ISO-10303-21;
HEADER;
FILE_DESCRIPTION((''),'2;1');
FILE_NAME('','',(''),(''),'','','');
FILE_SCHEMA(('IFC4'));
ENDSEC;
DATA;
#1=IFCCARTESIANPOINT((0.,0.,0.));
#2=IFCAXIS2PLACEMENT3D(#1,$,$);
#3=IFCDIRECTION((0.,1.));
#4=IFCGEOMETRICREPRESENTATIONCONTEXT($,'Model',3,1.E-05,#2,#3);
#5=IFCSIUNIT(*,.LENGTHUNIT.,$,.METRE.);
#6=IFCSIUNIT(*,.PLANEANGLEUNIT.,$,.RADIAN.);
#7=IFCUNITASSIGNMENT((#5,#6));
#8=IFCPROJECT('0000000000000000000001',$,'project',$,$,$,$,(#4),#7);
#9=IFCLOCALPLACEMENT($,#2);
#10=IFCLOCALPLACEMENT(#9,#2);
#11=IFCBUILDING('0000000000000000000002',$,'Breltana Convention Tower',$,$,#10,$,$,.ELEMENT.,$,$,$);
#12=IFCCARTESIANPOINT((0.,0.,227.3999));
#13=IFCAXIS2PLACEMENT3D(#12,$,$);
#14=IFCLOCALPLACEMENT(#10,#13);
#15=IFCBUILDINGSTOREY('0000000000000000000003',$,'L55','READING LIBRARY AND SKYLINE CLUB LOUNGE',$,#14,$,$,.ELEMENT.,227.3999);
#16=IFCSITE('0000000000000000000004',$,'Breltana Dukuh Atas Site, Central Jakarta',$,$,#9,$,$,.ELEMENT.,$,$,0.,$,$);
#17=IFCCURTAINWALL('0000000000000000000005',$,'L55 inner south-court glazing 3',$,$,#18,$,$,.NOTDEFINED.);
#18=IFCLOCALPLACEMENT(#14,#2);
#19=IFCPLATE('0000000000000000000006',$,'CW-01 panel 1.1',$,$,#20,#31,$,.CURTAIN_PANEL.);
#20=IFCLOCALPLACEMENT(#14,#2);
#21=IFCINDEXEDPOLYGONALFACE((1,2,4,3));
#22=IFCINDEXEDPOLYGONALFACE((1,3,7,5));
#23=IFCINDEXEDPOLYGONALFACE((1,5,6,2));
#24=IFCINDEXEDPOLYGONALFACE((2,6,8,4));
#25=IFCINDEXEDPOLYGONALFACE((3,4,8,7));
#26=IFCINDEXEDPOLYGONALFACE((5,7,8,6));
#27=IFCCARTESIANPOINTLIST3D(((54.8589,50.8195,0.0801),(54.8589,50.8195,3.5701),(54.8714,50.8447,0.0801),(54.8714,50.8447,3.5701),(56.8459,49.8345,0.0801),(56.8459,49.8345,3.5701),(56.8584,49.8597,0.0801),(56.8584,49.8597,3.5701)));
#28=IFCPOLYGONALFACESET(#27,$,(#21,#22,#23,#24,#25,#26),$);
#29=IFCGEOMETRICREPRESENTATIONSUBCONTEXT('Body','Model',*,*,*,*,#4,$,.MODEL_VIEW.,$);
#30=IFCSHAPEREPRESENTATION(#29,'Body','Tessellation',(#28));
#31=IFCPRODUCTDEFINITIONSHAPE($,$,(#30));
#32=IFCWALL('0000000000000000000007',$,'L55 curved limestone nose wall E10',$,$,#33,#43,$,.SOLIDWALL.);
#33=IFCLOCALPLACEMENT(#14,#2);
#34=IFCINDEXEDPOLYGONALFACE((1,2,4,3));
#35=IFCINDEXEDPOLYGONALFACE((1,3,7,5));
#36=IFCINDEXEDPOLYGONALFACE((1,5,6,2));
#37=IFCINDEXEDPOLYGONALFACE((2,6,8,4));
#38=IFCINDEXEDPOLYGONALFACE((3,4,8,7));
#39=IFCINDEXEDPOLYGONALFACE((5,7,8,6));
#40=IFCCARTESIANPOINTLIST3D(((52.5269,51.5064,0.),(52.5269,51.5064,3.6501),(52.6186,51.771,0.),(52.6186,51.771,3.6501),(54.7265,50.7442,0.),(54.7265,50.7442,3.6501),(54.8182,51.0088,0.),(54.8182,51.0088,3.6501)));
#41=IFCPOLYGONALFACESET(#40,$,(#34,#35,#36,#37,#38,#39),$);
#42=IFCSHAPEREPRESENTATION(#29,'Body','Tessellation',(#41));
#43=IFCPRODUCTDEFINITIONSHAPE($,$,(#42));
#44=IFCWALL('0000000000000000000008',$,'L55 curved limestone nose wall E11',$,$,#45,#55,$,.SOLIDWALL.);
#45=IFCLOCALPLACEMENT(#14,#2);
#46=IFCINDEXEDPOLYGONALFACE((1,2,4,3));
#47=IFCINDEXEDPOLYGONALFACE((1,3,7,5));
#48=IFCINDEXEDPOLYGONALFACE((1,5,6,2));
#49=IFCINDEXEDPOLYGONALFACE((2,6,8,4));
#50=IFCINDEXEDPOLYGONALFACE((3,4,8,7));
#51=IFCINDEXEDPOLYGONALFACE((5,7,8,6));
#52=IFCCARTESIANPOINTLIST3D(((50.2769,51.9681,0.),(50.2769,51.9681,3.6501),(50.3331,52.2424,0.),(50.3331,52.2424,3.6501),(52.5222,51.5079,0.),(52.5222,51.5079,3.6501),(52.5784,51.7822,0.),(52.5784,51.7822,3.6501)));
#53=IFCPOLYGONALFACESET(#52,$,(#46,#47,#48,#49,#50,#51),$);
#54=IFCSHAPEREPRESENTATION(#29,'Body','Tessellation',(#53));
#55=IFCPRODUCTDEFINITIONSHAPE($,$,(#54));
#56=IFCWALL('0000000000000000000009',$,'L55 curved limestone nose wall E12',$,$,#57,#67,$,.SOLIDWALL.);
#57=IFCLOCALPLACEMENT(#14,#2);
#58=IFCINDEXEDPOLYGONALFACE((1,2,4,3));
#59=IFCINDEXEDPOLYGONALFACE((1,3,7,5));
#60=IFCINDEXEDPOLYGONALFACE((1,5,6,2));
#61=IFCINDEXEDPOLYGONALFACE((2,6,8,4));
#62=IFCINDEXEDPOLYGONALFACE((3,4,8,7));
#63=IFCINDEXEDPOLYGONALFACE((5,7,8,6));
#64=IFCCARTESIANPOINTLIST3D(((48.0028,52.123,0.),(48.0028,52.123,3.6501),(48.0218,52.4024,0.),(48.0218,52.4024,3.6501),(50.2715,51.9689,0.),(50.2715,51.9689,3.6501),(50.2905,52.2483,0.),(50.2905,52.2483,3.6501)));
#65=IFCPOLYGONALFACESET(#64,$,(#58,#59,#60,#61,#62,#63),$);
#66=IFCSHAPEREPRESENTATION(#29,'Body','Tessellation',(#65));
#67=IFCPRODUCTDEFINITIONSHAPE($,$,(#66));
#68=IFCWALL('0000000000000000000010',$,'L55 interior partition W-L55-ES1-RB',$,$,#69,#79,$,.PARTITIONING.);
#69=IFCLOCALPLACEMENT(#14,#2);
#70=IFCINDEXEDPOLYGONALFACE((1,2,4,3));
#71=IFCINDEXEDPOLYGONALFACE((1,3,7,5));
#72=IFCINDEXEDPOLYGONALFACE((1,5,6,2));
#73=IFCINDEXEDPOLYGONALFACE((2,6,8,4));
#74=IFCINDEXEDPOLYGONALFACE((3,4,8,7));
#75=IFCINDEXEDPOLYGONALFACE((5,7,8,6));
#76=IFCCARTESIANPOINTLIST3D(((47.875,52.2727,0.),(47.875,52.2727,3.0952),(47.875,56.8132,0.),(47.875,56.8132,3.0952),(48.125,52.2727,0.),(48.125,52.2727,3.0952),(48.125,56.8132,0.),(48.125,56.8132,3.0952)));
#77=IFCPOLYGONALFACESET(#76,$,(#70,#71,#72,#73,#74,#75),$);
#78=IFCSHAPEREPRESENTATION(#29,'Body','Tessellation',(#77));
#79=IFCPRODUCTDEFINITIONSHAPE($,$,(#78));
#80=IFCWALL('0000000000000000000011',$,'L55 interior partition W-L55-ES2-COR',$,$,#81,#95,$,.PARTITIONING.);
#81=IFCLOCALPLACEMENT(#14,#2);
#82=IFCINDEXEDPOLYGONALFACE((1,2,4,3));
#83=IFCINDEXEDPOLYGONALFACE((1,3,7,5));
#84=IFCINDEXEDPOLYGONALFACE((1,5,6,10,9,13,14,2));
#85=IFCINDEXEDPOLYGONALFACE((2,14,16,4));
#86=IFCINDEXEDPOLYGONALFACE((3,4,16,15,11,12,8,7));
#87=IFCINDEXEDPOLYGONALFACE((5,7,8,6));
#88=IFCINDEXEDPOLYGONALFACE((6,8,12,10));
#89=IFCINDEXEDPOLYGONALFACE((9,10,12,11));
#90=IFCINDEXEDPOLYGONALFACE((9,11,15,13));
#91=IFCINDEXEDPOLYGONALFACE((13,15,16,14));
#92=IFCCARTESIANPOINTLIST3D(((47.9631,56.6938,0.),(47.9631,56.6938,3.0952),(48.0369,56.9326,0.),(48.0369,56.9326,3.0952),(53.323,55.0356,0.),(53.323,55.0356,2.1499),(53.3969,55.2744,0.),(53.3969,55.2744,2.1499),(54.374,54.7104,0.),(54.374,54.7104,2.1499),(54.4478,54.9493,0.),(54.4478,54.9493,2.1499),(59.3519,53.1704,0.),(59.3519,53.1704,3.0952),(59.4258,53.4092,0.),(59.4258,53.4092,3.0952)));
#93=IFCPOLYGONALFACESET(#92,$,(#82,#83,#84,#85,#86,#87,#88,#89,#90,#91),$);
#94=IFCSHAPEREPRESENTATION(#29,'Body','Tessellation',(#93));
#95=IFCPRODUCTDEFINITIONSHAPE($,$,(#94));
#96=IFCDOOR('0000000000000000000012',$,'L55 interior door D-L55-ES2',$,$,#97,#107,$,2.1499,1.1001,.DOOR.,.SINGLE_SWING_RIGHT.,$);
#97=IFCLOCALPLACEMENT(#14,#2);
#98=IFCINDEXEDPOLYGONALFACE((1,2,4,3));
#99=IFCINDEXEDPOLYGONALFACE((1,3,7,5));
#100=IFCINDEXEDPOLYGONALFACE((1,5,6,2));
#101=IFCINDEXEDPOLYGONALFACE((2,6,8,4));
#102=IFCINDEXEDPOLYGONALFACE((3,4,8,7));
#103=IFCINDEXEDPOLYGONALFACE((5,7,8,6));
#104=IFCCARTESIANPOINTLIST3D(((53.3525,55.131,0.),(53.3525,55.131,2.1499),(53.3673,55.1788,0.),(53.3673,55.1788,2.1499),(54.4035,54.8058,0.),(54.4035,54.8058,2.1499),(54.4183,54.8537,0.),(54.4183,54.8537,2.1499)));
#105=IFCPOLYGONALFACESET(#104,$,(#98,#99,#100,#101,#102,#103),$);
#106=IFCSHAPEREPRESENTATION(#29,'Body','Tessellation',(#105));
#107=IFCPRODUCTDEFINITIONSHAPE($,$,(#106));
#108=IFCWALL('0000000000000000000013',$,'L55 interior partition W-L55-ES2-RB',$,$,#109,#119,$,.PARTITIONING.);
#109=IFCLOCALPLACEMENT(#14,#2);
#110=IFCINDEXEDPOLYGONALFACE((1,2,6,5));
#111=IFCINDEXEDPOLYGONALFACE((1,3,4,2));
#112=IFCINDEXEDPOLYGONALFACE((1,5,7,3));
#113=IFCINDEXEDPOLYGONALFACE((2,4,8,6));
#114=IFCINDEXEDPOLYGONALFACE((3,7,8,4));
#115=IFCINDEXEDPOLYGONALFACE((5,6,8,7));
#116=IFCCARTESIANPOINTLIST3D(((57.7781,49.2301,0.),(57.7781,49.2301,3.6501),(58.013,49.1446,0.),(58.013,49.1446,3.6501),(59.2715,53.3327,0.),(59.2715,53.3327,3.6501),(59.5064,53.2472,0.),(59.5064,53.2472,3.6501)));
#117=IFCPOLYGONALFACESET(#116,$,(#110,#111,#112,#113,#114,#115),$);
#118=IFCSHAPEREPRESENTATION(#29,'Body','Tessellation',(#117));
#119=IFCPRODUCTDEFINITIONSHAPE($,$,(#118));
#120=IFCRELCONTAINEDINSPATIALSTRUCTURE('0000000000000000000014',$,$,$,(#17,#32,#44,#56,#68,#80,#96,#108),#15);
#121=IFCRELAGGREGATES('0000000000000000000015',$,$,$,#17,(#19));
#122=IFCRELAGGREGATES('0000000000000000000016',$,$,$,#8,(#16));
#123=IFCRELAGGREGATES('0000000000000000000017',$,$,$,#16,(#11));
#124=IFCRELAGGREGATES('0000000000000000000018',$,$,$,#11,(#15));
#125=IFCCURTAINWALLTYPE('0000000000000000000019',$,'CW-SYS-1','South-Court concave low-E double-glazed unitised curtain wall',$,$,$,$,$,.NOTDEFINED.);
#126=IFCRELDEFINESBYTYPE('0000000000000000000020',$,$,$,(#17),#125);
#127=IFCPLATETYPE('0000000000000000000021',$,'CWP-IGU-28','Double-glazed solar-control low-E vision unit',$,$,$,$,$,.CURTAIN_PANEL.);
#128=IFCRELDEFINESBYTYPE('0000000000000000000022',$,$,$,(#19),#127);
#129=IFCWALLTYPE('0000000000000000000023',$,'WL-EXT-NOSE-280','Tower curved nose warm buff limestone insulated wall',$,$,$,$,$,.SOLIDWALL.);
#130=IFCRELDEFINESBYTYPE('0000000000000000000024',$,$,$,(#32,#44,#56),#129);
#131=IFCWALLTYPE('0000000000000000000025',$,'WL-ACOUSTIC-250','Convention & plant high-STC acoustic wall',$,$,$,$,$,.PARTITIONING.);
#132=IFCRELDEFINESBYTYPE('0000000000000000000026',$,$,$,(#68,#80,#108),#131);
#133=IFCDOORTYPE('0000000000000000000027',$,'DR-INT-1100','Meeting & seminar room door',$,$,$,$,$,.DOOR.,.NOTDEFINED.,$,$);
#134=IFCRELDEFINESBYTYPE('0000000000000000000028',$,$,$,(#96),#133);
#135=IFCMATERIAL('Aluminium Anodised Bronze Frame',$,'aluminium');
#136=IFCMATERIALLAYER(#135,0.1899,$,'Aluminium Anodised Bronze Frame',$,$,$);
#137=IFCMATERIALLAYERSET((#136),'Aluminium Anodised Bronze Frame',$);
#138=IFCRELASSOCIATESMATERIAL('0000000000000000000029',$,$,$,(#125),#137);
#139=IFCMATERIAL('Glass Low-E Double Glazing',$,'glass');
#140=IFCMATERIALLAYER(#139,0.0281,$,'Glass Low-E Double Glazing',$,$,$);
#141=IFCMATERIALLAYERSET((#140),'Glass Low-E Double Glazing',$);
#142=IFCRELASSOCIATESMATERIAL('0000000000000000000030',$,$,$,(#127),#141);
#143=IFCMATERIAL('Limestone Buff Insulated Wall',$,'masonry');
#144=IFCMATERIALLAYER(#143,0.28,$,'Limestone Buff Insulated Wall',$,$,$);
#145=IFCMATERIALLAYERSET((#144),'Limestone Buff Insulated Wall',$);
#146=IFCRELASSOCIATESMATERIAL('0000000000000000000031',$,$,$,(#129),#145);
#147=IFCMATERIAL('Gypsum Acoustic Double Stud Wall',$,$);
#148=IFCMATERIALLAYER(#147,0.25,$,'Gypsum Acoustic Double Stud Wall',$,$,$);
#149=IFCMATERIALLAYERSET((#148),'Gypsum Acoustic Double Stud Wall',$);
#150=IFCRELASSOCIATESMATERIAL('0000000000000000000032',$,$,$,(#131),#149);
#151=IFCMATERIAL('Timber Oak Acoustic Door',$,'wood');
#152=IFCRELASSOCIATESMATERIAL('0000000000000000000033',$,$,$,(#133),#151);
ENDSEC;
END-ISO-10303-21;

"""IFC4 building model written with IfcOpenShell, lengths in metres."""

from ifc_helpers import new_model, si_unit, direction, frame, frame_2d, origin, origin_2d, place, context, subcontext, project, spatial, rectangle, extrude, source, transform, mapped, material, layer, layer_set, type_object, type_shapes, element, fill, aggregate, save


model = new_model("IFC4")

# Units and contexts
model_context = context("Model", 3, precision=1e-05, world=origin(), true_north=direction((0.0, 1.0)))
body_context = subcontext(model_context, "Body", "Model", "MODEL_VIEW")
ifc_project = project(units=[si_unit("LENGTHUNIT", "METRE"), si_unit("PLANEANGLEUNIT", "RADIAN")], contexts=[model_context])

# Site, building, storey
site_placement = place(None, origin())
site = spatial("IfcSite", under=ifc_project, at=site_placement, Name="Breltana Dukuh Atas Site, Central Jakarta", CompositionType="ELEMENT", RefElevation=0.0)
building_placement = place(site_placement, origin())
building = spatial("IfcBuilding", under=site, at=building_placement, Name="Breltana Convention Tower", CompositionType="ELEMENT")
storey_placement = place(building_placement, frame((0.0, 0.0, 227.3999)))
storey = spatial("IfcBuildingStorey", under=building, at=storey_placement, Name="L55", Description="READING LIBRARY AND SKYLINE CLUB LOUNGE", CompositionType="ELEMENT", Elevation=227.3999)

# Curtain wall, plate
ifc_material_1 = material(Name="Aluminium Anodised Bronze Frame", Category="aluminium")
ifc_layer_1 = layer(ifc_material_1, 0.1899, Name="Aluminium Anodised Bronze Frame")
ifc_layer_set_1 = layer_set([ifc_layer_1], Name="Aluminium Anodised Bronze Frame")
curtain_wall_type = type_object("IfcCurtainWallType", Name="CW-SYS-1", Description="South-Court concave low-E double-glazed unitised curtain wall", PredefinedType="NOTDEFINED", material=ifc_layer_set_1)
curtain_wall_placement = place(storey_placement, origin())
curtain_wall = element("IfcCurtainWall", 1, at=curtain_wall_placement, inside=storey, type_object=curtain_wall_type, Name="L55 inner south-court glazing 3", PredefinedType="NOTDEFINED")
ifc_material_2 = material(Name="Glass Low-E Double Glazing", Category="glass")
ifc_layer_2 = layer(ifc_material_2, 0.0281, Name="Glass Low-E Double Glazing")
ifc_layer_set_2 = layer_set([ifc_layer_2], Name="Glass Low-E Double Glazing")
plate_type = type_object("IfcPlateType", Name="CWP-IGU-28", Description="Double-glazed solar-control low-E vision unit", PredefinedType="CURTAIN_PANEL", material=ifc_layer_set_2)
shared_shape_1 = source(origin(), body_context, "Body", "SweptSolid", [
    extrude(rectangle(XDim=2.2178, YDim=0.0281, at=origin_2d()), origin(), (0.0, 0.0, 1.0), 3.49),
])
plate_placement = place(storey_placement, frame((55.8586, 50.3396, 0.0801), z_axis=(0.0, 0.0, 1.0), x_axis=(-0.895961, 0.444133, 0.0)))
plate = element("IfcPlate", 2, at=plate_placement, type_object=plate_type, Name="CW-01 panel 1.1", PredefinedType="CURTAIN_PANEL", context=body_context, shape_type="MappedRepresentation", body=[
    mapped(shared_shape_1, transform((0.0, 0.0, 0.0), scale=1.0)),
])
aggregate(curtain_wall, [plate])

# Walls
ifc_material_3 = material(Name="Limestone Buff Insulated Wall", Category="masonry")
ifc_layer_3 = layer(ifc_material_3, 0.28, Name="Limestone Buff Insulated Wall")
ifc_layer_set_3 = layer_set([ifc_layer_3], Name="Limestone Buff Insulated Wall")
wall_type_1 = type_object("IfcWallType", Name="WL-EXT-NOSE-280", Description="Tower curved nose warm buff limestone insulated wall", PredefinedType="SOLIDWALL", material=ifc_layer_set_3)
shared_shape_2 = source(origin(), body_context, "Body", "SweptSolid", [
    extrude(rectangle(XDim=2.3279, YDim=0.28, at=frame_2d((1.1641, 0.0))), origin(), (0.0, 0.0, 1.0), 3.6501),
])
wall_1_placement = place(storey_placement, frame((54.7725, 50.8765, 0.0), z_axis=(0.0, 0.0, 1.0), x_axis=(-0.944873, 0.327438, 0.0)))
element("IfcWall", 3, at=wall_1_placement, inside=storey, type_object=wall_type_1, Name="L55 curved limestone nose wall E10", PredefinedType="SOLIDWALL", context=body_context, shape_type="MappedRepresentation", body=[
    mapped(shared_shape_2, transform((0.0, 0.0, 0.0), scale=1.0)),
])
shared_shape_3 = source(origin(), body_context, "Body", "SweptSolid", [
    extrude(rectangle(XDim=2.292, YDim=0.28, at=frame_2d((1.146, 0.0))), origin(), (0.0, 0.0, 1.0), 3.6501),
])
wall_2_placement = place(storey_placement, frame((52.5503, 51.645, 0.0), z_axis=(0.0, 0.0, 1.0), x_axis=(-0.979635, 0.200784, 0.0)))
element("IfcWall", 4, at=wall_2_placement, inside=storey, type_object=wall_type_1, Name="L55 curved limestone nose wall E11", PredefinedType="SOLIDWALL", context=body_context, shape_type="MappedRepresentation", body=[
    mapped(shared_shape_3, transform((0.0, 0.0, 0.0), scale=1.0)),
])
shared_shape_4 = source(origin(), body_context, "Body", "SweptSolid", [
    extrude(rectangle(XDim=2.2739, YDim=0.28, at=frame_2d((1.137, 0.0))), origin(), (0.0, 0.0, 1.0), 3.6501),
])
wall_3_placement = place(storey_placement, frame((50.281, 52.1086, 0.0), z_axis=(0.0, 0.0, 1.0), x_axis=(-0.997703, 0.067745, 0.0)))
element("IfcWall", 5, at=wall_3_placement, inside=storey, type_object=wall_type_1, Name="L55 curved limestone nose wall E12", PredefinedType="SOLIDWALL", context=body_context, shape_type="MappedRepresentation", body=[
    mapped(shared_shape_4, transform((0.0, 0.0, 0.0), scale=1.0)),
])
ifc_material_4 = material(Name="Gypsum Acoustic Double Stud Wall")
ifc_layer_4 = layer(ifc_material_4, 0.25, Name="Gypsum Acoustic Double Stud Wall")
ifc_layer_set_4 = layer_set([ifc_layer_4], Name="Gypsum Acoustic Double Stud Wall")
wall_type_2 = type_object("IfcWallType", Name="WL-ACOUSTIC-250", Description="Convention & plant high-STC acoustic wall", PredefinedType="PARTITIONING", material=ifc_layer_set_4)
shared_shape_5 = source(origin(), body_context, "Body", "SweptSolid", [
    extrude(rectangle(XDim=4.5405, YDim=0.25, at=frame_2d((2.2703, 0.0))), origin(), (0.0, 0.0, 1.0), 3.0952),
])
wall_4_placement = place(storey_placement, frame((48.0, 52.2727, 0.0), z_axis=(0.0, 0.0, 1.0), x_axis=(0.0, 1.0, 0.0)))
element("IfcWall", 6, at=wall_4_placement, inside=storey, type_object=wall_type_2, Name="L55 interior partition W-L55-ES1-RB", PredefinedType="PARTITIONING", context=body_context, shape_type="MappedRepresentation", body=[
    mapped(shared_shape_5, transform((0.0, 0.0, 0.0), scale=1.0)),
])

# Wall, opening, door
shared_shape_6 = source(origin(), body_context, "Body", "SweptSolid", [
    extrude(rectangle(XDim=11.9214, YDim=0.25, at=frame_2d((5.9607, 0.0))), origin(), (0.0, 0.0, 1.0), 3.0952),
])
wall_5_placement = place(storey_placement, frame((48.0, 56.8132, 0.0), z_axis=(0.0, 0.0, 1.0), x_axis=(0.955326, -0.295553, 0.0)))
wall_5 = element("IfcWall", 7, at=wall_5_placement, inside=storey, type_object=wall_type_2, Name="L55 interior partition W-L55-ES2-COR", PredefinedType="PARTITIONING", context=body_context, shape_type="MappedRepresentation", body=[
    mapped(shared_shape_6, transform((0.0, 0.0, 0.0), scale=1.0)),
])
opening_placement = place(wall_5_placement, frame((5.6106, 0.0, 0.0)))
opening = element("IfcOpeningElement", 8, at=opening_placement, cuts=wall_5, PredefinedType="OPENING", context=body_context, shape_type="SweptSolid", body=[
    extrude(rectangle(XDim=1.1001, YDim=2.1499, at=frame_2d((0.55, 1.075))), frame((0.0, 0.135, 0.0), z_axis=(0.0, -1.0, 0.0), x_axis=(1.0, 0.0, 0.0)), (0.0, 0.0, 1.0), 0.27),
])
ifc_material_5 = material(Name="Timber Oak Acoustic Door", Category="wood")
door_type = type_object("IfcDoorType", Name="DR-INT-1100", Description="Meeting & seminar room door", OperationType="NOTDEFINED", PredefinedType="DOOR", material=ifc_material_5)
shared_shape_7 = source(origin(), body_context, "Body", "SweptSolid", [
    extrude(rectangle(XDim=1.1001, YDim=2.1499, at=frame_2d((0.55, 1.075))), frame((0.0, 0.0249, 0.0), z_axis=(0.0, -1.0, 0.0), x_axis=(1.0, 0.0, 0.0)), (0.0, 0.0, 1.0), 0.05),
])
type_shapes(door_type, [shared_shape_7])
door_placement = place(opening_placement, origin())
door = element("IfcDoor", 9, at=door_placement, inside=storey, type_object=door_type, Name="L55 interior door D-L55-ES2", OperationType="SINGLE_SWING_RIGHT", OverallHeight=2.1499, OverallWidth=1.1001, PredefinedType="DOOR", context=body_context, shape_type="MappedRepresentation", body=[
    mapped(shared_shape_7, transform((0.0, 0.0, 0.0), scale=1.0)),
])
fill(opening, door)

# Wall
shared_shape_8 = source(origin(), body_context, "Body", "SweptSolid", [
    extrude(rectangle(XDim=4.366, YDim=0.25, at=frame_2d((2.1831, 0.0))), origin(), (0.0, 0.0, 1.0), 3.6501),
])
wall_6_placement = place(storey_placement, frame((57.8955, 49.1873, 0.0), z_axis=(0.0, 0.0, 1.0), x_axis=(0.342062, 0.939677, 0.0)))
element("IfcWall", 10, at=wall_6_placement, inside=storey, type_object=wall_type_2, Name="L55 interior partition W-L55-ES2-RB", PredefinedType="PARTITIONING", context=body_context, shape_type="MappedRepresentation", body=[
    mapped(shared_shape_8, transform((0.0, 0.0, 0.0), scale=1.0)),
])

save(model, "model.ifc")
